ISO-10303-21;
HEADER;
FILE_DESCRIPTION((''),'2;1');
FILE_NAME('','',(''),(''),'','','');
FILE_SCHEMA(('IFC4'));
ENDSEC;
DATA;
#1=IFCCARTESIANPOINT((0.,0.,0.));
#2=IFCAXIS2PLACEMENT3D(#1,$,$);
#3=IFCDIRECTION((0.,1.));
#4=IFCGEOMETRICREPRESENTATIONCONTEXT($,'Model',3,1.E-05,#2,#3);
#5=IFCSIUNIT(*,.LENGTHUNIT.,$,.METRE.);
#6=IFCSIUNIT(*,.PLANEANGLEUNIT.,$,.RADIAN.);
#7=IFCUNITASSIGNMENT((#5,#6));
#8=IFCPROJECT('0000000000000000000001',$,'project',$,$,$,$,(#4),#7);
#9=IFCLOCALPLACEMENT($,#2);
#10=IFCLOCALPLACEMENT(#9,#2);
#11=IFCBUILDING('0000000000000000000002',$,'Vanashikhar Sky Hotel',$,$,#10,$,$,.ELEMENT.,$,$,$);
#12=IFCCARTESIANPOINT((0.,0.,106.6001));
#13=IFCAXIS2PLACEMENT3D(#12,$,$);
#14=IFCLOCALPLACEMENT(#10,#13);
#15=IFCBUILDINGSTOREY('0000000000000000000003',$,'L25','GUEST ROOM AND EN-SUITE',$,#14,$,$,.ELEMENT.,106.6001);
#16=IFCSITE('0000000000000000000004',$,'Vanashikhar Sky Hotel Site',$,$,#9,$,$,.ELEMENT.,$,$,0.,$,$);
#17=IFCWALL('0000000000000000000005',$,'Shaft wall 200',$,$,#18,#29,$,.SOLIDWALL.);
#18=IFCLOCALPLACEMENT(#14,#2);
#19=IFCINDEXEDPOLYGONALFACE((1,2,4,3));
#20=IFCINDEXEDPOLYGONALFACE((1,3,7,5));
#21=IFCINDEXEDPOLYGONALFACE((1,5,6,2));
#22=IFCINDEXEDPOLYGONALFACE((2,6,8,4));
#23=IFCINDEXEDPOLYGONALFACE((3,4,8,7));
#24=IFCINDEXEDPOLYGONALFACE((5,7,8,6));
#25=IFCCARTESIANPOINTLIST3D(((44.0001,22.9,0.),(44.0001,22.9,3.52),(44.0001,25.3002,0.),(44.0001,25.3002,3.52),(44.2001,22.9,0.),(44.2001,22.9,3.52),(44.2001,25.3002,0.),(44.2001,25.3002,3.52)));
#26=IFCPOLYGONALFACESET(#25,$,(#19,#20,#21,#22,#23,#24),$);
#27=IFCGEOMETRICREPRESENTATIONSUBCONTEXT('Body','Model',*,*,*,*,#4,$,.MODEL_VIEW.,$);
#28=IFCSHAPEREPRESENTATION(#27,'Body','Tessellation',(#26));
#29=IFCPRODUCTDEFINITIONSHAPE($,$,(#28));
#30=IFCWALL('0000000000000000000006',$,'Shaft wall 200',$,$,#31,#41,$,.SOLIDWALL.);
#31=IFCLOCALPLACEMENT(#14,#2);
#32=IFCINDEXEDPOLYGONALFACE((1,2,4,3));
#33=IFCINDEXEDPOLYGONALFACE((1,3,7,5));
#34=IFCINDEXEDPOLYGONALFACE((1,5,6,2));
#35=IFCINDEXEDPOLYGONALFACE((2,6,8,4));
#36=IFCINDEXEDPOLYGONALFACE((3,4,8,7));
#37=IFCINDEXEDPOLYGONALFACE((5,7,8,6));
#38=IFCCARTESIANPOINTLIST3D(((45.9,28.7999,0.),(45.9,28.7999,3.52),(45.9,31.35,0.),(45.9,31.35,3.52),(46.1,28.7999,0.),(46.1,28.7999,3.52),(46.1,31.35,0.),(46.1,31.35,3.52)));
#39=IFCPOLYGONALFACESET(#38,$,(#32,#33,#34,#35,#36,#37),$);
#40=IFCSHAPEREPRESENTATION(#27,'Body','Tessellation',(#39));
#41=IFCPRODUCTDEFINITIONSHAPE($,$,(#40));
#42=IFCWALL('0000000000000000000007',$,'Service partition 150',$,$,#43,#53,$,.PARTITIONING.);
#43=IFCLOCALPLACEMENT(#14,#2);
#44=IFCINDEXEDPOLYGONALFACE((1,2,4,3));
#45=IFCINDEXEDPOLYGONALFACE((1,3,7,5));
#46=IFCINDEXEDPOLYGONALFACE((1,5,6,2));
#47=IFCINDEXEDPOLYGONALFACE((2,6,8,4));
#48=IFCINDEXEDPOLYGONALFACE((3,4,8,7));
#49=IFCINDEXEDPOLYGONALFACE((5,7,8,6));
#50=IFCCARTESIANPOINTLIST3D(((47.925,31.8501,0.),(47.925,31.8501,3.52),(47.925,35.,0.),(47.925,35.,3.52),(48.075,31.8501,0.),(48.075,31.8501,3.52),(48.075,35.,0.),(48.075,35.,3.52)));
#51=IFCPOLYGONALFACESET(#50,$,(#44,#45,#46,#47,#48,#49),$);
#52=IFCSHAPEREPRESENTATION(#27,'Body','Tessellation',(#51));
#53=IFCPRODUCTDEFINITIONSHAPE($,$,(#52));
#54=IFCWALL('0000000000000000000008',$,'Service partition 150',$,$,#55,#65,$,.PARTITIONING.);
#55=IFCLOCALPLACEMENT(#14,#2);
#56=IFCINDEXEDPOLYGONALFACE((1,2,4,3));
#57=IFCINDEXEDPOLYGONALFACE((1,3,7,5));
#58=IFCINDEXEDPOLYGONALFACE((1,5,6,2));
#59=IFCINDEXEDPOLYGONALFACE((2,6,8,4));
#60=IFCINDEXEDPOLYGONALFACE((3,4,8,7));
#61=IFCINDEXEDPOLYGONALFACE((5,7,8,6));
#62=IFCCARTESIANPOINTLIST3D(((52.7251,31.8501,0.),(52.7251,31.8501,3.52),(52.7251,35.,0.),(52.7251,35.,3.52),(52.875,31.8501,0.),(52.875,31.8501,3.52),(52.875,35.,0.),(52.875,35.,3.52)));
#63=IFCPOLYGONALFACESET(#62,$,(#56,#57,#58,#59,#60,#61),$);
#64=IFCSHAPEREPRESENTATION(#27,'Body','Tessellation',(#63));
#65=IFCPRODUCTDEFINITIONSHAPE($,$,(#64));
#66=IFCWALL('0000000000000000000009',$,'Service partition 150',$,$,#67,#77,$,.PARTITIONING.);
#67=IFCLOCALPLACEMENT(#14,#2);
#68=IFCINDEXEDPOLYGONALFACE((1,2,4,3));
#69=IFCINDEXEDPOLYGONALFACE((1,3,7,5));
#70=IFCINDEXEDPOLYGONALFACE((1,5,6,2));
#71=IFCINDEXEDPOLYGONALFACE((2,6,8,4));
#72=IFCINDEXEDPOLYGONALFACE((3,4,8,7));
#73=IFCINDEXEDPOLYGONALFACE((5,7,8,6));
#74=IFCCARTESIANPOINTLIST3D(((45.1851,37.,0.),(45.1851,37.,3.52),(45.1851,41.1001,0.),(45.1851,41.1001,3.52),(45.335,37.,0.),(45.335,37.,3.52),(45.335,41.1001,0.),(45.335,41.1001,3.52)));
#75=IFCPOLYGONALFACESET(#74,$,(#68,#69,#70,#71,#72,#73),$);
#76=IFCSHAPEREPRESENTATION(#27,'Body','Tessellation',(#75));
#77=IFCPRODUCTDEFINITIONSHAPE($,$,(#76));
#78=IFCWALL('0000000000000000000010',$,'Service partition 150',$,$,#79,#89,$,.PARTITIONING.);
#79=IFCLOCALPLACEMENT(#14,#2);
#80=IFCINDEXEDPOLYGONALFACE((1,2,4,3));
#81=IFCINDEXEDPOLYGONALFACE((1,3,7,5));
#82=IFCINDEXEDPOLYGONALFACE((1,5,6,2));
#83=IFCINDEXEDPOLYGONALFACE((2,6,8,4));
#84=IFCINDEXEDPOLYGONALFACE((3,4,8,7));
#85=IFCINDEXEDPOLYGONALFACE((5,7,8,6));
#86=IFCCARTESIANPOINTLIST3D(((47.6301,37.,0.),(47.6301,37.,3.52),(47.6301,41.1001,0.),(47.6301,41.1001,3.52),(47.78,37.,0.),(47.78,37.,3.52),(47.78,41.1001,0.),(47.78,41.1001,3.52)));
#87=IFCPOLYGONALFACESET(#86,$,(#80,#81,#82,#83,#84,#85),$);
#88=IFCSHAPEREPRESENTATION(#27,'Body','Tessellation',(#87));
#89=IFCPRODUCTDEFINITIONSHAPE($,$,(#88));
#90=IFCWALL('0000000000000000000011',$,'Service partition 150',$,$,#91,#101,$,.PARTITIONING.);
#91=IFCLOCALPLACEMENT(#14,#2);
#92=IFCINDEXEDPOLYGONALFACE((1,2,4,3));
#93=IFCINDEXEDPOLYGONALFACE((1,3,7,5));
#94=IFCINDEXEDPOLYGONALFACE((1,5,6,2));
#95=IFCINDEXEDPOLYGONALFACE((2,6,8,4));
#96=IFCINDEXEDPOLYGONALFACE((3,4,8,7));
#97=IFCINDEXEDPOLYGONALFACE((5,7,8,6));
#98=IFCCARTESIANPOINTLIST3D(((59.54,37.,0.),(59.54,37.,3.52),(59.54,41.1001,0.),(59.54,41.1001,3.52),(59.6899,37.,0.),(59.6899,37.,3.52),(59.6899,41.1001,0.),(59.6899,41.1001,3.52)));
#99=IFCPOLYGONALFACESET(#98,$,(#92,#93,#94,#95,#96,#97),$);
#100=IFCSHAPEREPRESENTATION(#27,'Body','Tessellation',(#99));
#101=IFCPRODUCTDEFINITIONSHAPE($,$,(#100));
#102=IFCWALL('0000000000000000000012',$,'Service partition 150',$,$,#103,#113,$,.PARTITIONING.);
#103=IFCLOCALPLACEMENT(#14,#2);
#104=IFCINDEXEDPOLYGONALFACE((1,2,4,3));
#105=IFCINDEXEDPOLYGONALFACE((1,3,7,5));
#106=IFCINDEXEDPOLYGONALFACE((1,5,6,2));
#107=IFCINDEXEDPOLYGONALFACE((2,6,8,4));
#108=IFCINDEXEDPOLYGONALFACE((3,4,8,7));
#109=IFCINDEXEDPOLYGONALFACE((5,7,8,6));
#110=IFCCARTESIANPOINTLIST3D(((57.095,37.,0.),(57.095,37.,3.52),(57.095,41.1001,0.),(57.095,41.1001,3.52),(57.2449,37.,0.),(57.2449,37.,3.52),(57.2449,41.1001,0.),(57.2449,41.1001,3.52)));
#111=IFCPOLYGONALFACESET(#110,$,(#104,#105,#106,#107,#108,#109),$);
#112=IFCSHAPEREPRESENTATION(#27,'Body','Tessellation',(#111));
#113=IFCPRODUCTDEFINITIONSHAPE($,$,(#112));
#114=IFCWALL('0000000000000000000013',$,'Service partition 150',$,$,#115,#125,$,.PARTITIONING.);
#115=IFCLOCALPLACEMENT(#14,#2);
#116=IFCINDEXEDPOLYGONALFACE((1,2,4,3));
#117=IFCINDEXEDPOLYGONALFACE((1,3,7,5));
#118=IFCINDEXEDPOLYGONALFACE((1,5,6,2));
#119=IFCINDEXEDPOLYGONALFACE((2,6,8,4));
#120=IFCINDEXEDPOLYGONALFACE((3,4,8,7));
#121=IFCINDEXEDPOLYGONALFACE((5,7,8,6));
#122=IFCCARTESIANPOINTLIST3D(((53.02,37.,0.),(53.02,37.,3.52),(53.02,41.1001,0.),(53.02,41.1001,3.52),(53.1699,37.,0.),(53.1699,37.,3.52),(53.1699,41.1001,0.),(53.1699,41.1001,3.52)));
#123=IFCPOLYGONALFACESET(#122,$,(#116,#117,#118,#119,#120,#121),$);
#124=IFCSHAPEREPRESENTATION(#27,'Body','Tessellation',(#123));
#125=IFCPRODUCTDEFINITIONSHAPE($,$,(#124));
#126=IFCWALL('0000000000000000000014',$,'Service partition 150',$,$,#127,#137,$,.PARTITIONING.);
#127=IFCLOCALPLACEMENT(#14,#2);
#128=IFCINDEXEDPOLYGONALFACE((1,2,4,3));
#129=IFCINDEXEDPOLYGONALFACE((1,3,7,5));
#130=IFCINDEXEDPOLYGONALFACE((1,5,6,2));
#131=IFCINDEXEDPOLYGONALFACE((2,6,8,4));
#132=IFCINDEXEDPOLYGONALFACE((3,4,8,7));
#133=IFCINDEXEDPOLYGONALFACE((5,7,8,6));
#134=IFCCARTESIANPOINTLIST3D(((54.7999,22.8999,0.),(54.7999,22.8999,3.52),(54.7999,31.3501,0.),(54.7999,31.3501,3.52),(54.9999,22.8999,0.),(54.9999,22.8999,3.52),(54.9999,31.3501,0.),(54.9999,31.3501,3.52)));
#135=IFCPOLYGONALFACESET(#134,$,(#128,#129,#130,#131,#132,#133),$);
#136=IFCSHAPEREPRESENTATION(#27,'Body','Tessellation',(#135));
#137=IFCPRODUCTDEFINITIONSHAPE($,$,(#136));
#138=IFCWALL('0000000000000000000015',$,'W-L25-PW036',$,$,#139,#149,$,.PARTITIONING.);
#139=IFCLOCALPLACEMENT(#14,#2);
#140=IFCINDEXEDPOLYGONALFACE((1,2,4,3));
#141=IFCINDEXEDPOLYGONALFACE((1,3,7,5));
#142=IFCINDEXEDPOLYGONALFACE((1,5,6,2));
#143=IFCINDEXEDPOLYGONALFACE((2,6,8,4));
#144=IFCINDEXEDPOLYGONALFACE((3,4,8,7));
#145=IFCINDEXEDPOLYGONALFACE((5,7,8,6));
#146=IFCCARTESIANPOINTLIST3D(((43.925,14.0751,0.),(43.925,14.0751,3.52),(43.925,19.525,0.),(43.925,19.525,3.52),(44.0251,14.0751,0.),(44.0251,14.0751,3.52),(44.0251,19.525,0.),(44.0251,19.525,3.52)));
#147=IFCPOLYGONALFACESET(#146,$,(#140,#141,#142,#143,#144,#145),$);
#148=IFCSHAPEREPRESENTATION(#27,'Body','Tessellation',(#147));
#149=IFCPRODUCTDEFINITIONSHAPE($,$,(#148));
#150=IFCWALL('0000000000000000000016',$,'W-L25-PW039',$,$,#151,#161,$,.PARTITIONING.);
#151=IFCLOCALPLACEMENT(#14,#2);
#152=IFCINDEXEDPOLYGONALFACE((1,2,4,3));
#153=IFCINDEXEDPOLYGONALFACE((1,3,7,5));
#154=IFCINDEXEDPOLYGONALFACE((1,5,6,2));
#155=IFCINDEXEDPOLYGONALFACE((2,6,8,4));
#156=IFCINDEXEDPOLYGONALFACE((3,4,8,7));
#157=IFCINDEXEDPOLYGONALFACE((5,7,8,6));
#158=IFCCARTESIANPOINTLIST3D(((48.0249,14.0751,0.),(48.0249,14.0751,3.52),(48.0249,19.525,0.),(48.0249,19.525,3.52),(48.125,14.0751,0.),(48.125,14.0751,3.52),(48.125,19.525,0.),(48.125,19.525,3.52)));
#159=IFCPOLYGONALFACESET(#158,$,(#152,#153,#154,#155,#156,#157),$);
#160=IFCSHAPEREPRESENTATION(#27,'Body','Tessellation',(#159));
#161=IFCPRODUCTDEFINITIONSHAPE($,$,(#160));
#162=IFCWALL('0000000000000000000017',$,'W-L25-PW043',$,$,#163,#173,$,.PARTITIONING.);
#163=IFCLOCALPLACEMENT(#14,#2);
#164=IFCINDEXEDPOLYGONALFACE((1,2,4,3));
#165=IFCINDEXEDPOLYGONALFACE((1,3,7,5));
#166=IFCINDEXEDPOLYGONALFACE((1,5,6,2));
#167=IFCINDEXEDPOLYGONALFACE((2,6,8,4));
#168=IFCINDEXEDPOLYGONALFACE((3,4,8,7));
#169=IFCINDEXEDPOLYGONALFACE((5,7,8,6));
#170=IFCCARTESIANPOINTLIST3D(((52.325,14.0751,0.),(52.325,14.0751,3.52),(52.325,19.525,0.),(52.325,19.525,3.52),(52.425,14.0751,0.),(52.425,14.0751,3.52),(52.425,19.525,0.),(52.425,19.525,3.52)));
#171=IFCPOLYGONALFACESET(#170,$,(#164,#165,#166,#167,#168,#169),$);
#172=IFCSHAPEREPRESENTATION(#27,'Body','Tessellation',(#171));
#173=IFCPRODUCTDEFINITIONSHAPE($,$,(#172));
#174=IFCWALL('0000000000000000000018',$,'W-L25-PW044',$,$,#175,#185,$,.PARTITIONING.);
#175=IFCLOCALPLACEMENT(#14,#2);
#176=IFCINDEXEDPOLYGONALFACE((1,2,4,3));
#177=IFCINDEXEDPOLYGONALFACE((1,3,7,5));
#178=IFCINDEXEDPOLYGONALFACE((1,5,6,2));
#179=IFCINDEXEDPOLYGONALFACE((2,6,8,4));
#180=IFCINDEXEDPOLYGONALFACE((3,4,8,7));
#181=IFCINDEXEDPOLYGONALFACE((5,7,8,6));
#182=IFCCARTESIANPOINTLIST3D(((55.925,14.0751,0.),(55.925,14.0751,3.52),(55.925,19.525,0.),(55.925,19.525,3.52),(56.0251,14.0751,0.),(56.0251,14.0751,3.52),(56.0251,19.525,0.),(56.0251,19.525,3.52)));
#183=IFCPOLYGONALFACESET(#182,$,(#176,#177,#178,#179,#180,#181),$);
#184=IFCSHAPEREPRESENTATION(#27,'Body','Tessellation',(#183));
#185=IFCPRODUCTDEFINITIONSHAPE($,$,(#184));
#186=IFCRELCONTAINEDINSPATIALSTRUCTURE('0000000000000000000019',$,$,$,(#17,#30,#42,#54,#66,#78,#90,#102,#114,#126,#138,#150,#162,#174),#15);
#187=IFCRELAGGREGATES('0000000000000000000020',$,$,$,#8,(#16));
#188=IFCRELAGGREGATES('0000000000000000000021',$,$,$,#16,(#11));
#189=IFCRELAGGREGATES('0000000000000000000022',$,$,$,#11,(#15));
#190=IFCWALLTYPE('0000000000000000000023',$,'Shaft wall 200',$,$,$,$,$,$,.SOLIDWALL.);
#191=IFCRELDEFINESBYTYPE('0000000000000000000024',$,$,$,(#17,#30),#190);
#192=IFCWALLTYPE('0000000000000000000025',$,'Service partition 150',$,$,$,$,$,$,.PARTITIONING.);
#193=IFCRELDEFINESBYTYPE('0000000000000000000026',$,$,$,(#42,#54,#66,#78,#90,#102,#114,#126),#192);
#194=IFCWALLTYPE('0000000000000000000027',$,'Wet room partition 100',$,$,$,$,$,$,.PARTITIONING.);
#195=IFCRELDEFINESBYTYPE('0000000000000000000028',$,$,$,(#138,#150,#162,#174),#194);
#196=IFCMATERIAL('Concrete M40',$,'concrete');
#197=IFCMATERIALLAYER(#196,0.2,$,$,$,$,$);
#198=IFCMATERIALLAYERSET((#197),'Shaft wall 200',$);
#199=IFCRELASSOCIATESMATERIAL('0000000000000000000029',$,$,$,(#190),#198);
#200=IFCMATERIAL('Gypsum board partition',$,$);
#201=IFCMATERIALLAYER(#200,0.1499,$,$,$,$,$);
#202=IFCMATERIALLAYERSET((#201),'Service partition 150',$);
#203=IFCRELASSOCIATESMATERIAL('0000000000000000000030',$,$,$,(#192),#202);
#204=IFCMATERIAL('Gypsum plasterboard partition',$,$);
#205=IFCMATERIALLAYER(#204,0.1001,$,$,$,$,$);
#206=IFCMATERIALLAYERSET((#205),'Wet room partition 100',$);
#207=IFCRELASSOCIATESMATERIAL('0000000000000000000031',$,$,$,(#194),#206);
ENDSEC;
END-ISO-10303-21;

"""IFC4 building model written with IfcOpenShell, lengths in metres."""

from ifc_helpers import new_model, si_unit, direction, frame, frame_2d, origin, place, context, subcontext, project, spatial, rectangle, extrude, source, transform, mapped, material, layer, layer_set, type_object, element, save


model = new_model("IFC4")

# Units and contexts
model_context = context("Model", 3, precision=1e-05, world=origin(), true_north=direction((0.0, 1.0)))
body_context = subcontext(model_context, "Body", "Model", "MODEL_VIEW")
ifc_project = project(units=[si_unit("LENGTHUNIT", "METRE"), si_unit("PLANEANGLEUNIT", "RADIAN")], contexts=[model_context])

# Site, building, storey
site_placement = place(None, origin())
site = spatial("IfcSite", under=ifc_project, at=site_placement, Name="Vanashikhar Sky Hotel Site", CompositionType="ELEMENT", RefElevation=0.0)
building_placement = place(site_placement, origin())
building = spatial("IfcBuilding", under=site, at=building_placement, Name="Vanashikhar Sky Hotel", CompositionType="ELEMENT")
storey_placement = place(building_placement, frame((0.0, 0.0, 106.6001)))
storey = spatial("IfcBuildingStorey", under=building, at=storey_placement, Name="L25", Description="GUEST ROOM AND EN-SUITE", CompositionType="ELEMENT", Elevation=106.6001)

# Shared definitions
ifc_material_1 = material(Name="Concrete M40", Category="concrete")
ifc_layer_1 = layer(ifc_material_1, 0.2)
ifc_layer_set_1 = layer_set([ifc_layer_1], Name="Shaft wall 200")
wall_type_1 = type_object("IfcWallType", Name="Shaft wall 200", PredefinedType="SOLIDWALL", material=ifc_layer_set_1)

# Walls
shared_shape_1 = source(origin(), body_context, "Body", "SweptSolid", [
    extrude(rectangle(XDim=2.4001, YDim=0.2, at=frame_2d((1.2002, 0.0))), origin(), (0.0, 0.0, 1.0), 3.52),
])
wall_1_placement = place(storey_placement, frame((44.1001, 22.8999, 0.0), z_axis=(0.0, 0.0, 1.0), x_axis=(0.0, 1.0, 0.0)))
element("IfcWall", 1, at=wall_1_placement, inside=storey, type_object=wall_type_1, Name="Shaft wall 200", PredefinedType="SOLIDWALL", context=body_context, shape_type="MappedRepresentation", body=[
    mapped(shared_shape_1, transform((0.0, 0.0, 0.0), scale=1.0)),
])
shared_shape_2 = source(origin(), body_context, "Body", "SweptSolid", [
    extrude(rectangle(XDim=2.55, YDim=0.2, at=frame_2d((1.2749, 0.0))), origin(), (0.0, 0.0, 1.0), 3.52),
])
wall_2_placement = place(storey_placement, frame((46.0, 28.8, 0.0), z_axis=(0.0, 0.0, 1.0), x_axis=(0.0, 1.0, 0.0)))
element("IfcWall", 2, at=wall_2_placement, inside=storey, type_object=wall_type_1, Name="Shaft wall 200", PredefinedType="SOLIDWALL", context=body_context, shape_type="MappedRepresentation", body=[
    mapped(shared_shape_2, transform((0.0, 0.0, 0.0), scale=1.0)),
])
ifc_material_2 = material(Name="Gypsum board partition")
ifc_layer_2 = layer(ifc_material_2, 0.1499)
ifc_layer_set_2 = layer_set([ifc_layer_2], Name="Service partition 150")
wall_type_2 = type_object("IfcWallType", Name="Service partition 150", PredefinedType="PARTITIONING", material=ifc_layer_set_2)
shared_shape_3 = source(origin(), body_context, "Body", "SweptSolid", [
    extrude(rectangle(XDim=3.1499, YDim=0.1499, at=frame_2d((1.575, 0.0))), origin(), (0.0, 0.0, 1.0), 3.52),
])
for number, where, z_axis, x_axis, name in (
    (3, (48.0, 31.8501, 0.0), (0.0, 0.0, 1.0), (0.0, 1.0, 0.0), "Service partition 150"),
    (4, (52.8, 31.8501, 0.0), (0.0, 0.0, 1.0), (0.0, 1.0, 0.0), "Service partition 150"),
):
    element("IfcWall", number, at=place(storey_placement, frame(where, z_axis=z_axis, x_axis=x_axis)), inside=storey, type_object=wall_type_2, Name=name, PredefinedType="PARTITIONING", context=body_context, shape_type="MappedRepresentation", body=[
        mapped(shared_shape_3, transform((0.0, 0.0, 0.0), scale=1.0)),
    ])
shared_shape_4 = source(origin(), body_context, "Body", "SweptSolid", [
    extrude(rectangle(XDim=4.1001, YDim=0.1499, at=frame_2d((2.05, 0.0))), origin(), (0.0, 0.0, 1.0), 3.52),
])
for number, where, z_axis, x_axis, name in (
    (5, (45.26, 37.0, 0.0), (0.0, 0.0, 1.0), (0.0, 1.0, 0.0), "Service partition 150"),
    (6, (47.7051, 37.0, 0.0), (0.0, 0.0, 1.0), (0.0, 1.0, 0.0), "Service partition 150"),
    (7, (59.615, 37.0, 0.0), (0.0, 0.0, 1.0), (0.0, 1.0, 0.0), "Service partition 150"),
    (8, (57.1699, 37.0, 0.0), (0.0, 0.0, 1.0), (0.0, 1.0, 0.0), "Service partition 150"),
    (9, (53.095, 37.0, 0.0), (0.0, 0.0, 1.0), (0.0, 1.0, 0.0), "Service partition 150"),
):
    element("IfcWall", number, at=place(storey_placement, frame(where, z_axis=z_axis, x_axis=x_axis)), inside=storey, type_object=wall_type_2, Name=name, PredefinedType="PARTITIONING", context=body_context, shape_type="MappedRepresentation", body=[
        mapped(shared_shape_4, transform((0.0, 0.0, 0.0), scale=1.0)),
    ])
shared_shape_5 = source(origin(), body_context, "Body", "SweptSolid", [
    extrude(rectangle(XDim=8.4502, YDim=0.2, at=frame_2d((4.2251, 0.0))), origin(), (0.0, 0.0, 1.0), 3.52),
])
wall_3_placement = place(storey_placement, frame((54.8999, 22.8999, 0.0), z_axis=(0.0, 0.0, 1.0), x_axis=(0.0, 1.0, 0.0)))
element("IfcWall", 10, at=wall_3_placement, inside=storey, type_object=wall_type_2, Name="Service partition 150", PredefinedType="PARTITIONING", context=body_context, shape_type="MappedRepresentation", body=[
    mapped(shared_shape_5, transform((0.0, 0.0, 0.0), scale=1.0)),
])
ifc_material_3 = material(Name="Gypsum plasterboard partition")
ifc_layer_3 = layer(ifc_material_3, 0.1001)
ifc_layer_set_3 = layer_set([ifc_layer_3], Name="Wet room partition 100")
wall_type_3 = type_object("IfcWallType", Name="Wet room partition 100", PredefinedType="PARTITIONING", material=ifc_layer_set_3)
shared_shape_6 = source(origin(), body_context, "Body", "SweptSolid", [
    extrude(rectangle(XDim=5.45, YDim=0.1001, at=frame_2d((2.7251, 0.0))), origin(), (0.0, 0.0, 1.0), 3.52),
])
for number, where, z_axis, x_axis, name in (
    (11, (43.9751, 14.075, 0.0), (0.0, 0.0, 1.0), (0.0, 1.0, 0.0), "W-L25-PW036"),
    (12, (48.075, 14.075, 0.0), (0.0, 0.0, 1.0), (0.0, 1.0, 0.0), "W-L25-PW039"),
    (13, (52.375, 14.075, 0.0), (0.0, 0.0, 1.0), (0.0, 1.0, 0.0), "W-L25-PW043"),
    (14, (55.9751, 14.075, 0.0), (0.0, 0.0, 1.0), (0.0, 1.0, 0.0), "W-L25-PW044"),
):
    element("IfcWall", number, at=place(storey_placement, frame(where, z_axis=z_axis, x_axis=x_axis)), inside=storey, type_object=wall_type_3, Name=name, PredefinedType="PARTITIONING", context=body_context, shape_type="MappedRepresentation", body=[
        mapped(shared_shape_6, transform((0.0, 0.0, 0.0), scale=1.0)),
    ])

save(model, "model.ifc")
